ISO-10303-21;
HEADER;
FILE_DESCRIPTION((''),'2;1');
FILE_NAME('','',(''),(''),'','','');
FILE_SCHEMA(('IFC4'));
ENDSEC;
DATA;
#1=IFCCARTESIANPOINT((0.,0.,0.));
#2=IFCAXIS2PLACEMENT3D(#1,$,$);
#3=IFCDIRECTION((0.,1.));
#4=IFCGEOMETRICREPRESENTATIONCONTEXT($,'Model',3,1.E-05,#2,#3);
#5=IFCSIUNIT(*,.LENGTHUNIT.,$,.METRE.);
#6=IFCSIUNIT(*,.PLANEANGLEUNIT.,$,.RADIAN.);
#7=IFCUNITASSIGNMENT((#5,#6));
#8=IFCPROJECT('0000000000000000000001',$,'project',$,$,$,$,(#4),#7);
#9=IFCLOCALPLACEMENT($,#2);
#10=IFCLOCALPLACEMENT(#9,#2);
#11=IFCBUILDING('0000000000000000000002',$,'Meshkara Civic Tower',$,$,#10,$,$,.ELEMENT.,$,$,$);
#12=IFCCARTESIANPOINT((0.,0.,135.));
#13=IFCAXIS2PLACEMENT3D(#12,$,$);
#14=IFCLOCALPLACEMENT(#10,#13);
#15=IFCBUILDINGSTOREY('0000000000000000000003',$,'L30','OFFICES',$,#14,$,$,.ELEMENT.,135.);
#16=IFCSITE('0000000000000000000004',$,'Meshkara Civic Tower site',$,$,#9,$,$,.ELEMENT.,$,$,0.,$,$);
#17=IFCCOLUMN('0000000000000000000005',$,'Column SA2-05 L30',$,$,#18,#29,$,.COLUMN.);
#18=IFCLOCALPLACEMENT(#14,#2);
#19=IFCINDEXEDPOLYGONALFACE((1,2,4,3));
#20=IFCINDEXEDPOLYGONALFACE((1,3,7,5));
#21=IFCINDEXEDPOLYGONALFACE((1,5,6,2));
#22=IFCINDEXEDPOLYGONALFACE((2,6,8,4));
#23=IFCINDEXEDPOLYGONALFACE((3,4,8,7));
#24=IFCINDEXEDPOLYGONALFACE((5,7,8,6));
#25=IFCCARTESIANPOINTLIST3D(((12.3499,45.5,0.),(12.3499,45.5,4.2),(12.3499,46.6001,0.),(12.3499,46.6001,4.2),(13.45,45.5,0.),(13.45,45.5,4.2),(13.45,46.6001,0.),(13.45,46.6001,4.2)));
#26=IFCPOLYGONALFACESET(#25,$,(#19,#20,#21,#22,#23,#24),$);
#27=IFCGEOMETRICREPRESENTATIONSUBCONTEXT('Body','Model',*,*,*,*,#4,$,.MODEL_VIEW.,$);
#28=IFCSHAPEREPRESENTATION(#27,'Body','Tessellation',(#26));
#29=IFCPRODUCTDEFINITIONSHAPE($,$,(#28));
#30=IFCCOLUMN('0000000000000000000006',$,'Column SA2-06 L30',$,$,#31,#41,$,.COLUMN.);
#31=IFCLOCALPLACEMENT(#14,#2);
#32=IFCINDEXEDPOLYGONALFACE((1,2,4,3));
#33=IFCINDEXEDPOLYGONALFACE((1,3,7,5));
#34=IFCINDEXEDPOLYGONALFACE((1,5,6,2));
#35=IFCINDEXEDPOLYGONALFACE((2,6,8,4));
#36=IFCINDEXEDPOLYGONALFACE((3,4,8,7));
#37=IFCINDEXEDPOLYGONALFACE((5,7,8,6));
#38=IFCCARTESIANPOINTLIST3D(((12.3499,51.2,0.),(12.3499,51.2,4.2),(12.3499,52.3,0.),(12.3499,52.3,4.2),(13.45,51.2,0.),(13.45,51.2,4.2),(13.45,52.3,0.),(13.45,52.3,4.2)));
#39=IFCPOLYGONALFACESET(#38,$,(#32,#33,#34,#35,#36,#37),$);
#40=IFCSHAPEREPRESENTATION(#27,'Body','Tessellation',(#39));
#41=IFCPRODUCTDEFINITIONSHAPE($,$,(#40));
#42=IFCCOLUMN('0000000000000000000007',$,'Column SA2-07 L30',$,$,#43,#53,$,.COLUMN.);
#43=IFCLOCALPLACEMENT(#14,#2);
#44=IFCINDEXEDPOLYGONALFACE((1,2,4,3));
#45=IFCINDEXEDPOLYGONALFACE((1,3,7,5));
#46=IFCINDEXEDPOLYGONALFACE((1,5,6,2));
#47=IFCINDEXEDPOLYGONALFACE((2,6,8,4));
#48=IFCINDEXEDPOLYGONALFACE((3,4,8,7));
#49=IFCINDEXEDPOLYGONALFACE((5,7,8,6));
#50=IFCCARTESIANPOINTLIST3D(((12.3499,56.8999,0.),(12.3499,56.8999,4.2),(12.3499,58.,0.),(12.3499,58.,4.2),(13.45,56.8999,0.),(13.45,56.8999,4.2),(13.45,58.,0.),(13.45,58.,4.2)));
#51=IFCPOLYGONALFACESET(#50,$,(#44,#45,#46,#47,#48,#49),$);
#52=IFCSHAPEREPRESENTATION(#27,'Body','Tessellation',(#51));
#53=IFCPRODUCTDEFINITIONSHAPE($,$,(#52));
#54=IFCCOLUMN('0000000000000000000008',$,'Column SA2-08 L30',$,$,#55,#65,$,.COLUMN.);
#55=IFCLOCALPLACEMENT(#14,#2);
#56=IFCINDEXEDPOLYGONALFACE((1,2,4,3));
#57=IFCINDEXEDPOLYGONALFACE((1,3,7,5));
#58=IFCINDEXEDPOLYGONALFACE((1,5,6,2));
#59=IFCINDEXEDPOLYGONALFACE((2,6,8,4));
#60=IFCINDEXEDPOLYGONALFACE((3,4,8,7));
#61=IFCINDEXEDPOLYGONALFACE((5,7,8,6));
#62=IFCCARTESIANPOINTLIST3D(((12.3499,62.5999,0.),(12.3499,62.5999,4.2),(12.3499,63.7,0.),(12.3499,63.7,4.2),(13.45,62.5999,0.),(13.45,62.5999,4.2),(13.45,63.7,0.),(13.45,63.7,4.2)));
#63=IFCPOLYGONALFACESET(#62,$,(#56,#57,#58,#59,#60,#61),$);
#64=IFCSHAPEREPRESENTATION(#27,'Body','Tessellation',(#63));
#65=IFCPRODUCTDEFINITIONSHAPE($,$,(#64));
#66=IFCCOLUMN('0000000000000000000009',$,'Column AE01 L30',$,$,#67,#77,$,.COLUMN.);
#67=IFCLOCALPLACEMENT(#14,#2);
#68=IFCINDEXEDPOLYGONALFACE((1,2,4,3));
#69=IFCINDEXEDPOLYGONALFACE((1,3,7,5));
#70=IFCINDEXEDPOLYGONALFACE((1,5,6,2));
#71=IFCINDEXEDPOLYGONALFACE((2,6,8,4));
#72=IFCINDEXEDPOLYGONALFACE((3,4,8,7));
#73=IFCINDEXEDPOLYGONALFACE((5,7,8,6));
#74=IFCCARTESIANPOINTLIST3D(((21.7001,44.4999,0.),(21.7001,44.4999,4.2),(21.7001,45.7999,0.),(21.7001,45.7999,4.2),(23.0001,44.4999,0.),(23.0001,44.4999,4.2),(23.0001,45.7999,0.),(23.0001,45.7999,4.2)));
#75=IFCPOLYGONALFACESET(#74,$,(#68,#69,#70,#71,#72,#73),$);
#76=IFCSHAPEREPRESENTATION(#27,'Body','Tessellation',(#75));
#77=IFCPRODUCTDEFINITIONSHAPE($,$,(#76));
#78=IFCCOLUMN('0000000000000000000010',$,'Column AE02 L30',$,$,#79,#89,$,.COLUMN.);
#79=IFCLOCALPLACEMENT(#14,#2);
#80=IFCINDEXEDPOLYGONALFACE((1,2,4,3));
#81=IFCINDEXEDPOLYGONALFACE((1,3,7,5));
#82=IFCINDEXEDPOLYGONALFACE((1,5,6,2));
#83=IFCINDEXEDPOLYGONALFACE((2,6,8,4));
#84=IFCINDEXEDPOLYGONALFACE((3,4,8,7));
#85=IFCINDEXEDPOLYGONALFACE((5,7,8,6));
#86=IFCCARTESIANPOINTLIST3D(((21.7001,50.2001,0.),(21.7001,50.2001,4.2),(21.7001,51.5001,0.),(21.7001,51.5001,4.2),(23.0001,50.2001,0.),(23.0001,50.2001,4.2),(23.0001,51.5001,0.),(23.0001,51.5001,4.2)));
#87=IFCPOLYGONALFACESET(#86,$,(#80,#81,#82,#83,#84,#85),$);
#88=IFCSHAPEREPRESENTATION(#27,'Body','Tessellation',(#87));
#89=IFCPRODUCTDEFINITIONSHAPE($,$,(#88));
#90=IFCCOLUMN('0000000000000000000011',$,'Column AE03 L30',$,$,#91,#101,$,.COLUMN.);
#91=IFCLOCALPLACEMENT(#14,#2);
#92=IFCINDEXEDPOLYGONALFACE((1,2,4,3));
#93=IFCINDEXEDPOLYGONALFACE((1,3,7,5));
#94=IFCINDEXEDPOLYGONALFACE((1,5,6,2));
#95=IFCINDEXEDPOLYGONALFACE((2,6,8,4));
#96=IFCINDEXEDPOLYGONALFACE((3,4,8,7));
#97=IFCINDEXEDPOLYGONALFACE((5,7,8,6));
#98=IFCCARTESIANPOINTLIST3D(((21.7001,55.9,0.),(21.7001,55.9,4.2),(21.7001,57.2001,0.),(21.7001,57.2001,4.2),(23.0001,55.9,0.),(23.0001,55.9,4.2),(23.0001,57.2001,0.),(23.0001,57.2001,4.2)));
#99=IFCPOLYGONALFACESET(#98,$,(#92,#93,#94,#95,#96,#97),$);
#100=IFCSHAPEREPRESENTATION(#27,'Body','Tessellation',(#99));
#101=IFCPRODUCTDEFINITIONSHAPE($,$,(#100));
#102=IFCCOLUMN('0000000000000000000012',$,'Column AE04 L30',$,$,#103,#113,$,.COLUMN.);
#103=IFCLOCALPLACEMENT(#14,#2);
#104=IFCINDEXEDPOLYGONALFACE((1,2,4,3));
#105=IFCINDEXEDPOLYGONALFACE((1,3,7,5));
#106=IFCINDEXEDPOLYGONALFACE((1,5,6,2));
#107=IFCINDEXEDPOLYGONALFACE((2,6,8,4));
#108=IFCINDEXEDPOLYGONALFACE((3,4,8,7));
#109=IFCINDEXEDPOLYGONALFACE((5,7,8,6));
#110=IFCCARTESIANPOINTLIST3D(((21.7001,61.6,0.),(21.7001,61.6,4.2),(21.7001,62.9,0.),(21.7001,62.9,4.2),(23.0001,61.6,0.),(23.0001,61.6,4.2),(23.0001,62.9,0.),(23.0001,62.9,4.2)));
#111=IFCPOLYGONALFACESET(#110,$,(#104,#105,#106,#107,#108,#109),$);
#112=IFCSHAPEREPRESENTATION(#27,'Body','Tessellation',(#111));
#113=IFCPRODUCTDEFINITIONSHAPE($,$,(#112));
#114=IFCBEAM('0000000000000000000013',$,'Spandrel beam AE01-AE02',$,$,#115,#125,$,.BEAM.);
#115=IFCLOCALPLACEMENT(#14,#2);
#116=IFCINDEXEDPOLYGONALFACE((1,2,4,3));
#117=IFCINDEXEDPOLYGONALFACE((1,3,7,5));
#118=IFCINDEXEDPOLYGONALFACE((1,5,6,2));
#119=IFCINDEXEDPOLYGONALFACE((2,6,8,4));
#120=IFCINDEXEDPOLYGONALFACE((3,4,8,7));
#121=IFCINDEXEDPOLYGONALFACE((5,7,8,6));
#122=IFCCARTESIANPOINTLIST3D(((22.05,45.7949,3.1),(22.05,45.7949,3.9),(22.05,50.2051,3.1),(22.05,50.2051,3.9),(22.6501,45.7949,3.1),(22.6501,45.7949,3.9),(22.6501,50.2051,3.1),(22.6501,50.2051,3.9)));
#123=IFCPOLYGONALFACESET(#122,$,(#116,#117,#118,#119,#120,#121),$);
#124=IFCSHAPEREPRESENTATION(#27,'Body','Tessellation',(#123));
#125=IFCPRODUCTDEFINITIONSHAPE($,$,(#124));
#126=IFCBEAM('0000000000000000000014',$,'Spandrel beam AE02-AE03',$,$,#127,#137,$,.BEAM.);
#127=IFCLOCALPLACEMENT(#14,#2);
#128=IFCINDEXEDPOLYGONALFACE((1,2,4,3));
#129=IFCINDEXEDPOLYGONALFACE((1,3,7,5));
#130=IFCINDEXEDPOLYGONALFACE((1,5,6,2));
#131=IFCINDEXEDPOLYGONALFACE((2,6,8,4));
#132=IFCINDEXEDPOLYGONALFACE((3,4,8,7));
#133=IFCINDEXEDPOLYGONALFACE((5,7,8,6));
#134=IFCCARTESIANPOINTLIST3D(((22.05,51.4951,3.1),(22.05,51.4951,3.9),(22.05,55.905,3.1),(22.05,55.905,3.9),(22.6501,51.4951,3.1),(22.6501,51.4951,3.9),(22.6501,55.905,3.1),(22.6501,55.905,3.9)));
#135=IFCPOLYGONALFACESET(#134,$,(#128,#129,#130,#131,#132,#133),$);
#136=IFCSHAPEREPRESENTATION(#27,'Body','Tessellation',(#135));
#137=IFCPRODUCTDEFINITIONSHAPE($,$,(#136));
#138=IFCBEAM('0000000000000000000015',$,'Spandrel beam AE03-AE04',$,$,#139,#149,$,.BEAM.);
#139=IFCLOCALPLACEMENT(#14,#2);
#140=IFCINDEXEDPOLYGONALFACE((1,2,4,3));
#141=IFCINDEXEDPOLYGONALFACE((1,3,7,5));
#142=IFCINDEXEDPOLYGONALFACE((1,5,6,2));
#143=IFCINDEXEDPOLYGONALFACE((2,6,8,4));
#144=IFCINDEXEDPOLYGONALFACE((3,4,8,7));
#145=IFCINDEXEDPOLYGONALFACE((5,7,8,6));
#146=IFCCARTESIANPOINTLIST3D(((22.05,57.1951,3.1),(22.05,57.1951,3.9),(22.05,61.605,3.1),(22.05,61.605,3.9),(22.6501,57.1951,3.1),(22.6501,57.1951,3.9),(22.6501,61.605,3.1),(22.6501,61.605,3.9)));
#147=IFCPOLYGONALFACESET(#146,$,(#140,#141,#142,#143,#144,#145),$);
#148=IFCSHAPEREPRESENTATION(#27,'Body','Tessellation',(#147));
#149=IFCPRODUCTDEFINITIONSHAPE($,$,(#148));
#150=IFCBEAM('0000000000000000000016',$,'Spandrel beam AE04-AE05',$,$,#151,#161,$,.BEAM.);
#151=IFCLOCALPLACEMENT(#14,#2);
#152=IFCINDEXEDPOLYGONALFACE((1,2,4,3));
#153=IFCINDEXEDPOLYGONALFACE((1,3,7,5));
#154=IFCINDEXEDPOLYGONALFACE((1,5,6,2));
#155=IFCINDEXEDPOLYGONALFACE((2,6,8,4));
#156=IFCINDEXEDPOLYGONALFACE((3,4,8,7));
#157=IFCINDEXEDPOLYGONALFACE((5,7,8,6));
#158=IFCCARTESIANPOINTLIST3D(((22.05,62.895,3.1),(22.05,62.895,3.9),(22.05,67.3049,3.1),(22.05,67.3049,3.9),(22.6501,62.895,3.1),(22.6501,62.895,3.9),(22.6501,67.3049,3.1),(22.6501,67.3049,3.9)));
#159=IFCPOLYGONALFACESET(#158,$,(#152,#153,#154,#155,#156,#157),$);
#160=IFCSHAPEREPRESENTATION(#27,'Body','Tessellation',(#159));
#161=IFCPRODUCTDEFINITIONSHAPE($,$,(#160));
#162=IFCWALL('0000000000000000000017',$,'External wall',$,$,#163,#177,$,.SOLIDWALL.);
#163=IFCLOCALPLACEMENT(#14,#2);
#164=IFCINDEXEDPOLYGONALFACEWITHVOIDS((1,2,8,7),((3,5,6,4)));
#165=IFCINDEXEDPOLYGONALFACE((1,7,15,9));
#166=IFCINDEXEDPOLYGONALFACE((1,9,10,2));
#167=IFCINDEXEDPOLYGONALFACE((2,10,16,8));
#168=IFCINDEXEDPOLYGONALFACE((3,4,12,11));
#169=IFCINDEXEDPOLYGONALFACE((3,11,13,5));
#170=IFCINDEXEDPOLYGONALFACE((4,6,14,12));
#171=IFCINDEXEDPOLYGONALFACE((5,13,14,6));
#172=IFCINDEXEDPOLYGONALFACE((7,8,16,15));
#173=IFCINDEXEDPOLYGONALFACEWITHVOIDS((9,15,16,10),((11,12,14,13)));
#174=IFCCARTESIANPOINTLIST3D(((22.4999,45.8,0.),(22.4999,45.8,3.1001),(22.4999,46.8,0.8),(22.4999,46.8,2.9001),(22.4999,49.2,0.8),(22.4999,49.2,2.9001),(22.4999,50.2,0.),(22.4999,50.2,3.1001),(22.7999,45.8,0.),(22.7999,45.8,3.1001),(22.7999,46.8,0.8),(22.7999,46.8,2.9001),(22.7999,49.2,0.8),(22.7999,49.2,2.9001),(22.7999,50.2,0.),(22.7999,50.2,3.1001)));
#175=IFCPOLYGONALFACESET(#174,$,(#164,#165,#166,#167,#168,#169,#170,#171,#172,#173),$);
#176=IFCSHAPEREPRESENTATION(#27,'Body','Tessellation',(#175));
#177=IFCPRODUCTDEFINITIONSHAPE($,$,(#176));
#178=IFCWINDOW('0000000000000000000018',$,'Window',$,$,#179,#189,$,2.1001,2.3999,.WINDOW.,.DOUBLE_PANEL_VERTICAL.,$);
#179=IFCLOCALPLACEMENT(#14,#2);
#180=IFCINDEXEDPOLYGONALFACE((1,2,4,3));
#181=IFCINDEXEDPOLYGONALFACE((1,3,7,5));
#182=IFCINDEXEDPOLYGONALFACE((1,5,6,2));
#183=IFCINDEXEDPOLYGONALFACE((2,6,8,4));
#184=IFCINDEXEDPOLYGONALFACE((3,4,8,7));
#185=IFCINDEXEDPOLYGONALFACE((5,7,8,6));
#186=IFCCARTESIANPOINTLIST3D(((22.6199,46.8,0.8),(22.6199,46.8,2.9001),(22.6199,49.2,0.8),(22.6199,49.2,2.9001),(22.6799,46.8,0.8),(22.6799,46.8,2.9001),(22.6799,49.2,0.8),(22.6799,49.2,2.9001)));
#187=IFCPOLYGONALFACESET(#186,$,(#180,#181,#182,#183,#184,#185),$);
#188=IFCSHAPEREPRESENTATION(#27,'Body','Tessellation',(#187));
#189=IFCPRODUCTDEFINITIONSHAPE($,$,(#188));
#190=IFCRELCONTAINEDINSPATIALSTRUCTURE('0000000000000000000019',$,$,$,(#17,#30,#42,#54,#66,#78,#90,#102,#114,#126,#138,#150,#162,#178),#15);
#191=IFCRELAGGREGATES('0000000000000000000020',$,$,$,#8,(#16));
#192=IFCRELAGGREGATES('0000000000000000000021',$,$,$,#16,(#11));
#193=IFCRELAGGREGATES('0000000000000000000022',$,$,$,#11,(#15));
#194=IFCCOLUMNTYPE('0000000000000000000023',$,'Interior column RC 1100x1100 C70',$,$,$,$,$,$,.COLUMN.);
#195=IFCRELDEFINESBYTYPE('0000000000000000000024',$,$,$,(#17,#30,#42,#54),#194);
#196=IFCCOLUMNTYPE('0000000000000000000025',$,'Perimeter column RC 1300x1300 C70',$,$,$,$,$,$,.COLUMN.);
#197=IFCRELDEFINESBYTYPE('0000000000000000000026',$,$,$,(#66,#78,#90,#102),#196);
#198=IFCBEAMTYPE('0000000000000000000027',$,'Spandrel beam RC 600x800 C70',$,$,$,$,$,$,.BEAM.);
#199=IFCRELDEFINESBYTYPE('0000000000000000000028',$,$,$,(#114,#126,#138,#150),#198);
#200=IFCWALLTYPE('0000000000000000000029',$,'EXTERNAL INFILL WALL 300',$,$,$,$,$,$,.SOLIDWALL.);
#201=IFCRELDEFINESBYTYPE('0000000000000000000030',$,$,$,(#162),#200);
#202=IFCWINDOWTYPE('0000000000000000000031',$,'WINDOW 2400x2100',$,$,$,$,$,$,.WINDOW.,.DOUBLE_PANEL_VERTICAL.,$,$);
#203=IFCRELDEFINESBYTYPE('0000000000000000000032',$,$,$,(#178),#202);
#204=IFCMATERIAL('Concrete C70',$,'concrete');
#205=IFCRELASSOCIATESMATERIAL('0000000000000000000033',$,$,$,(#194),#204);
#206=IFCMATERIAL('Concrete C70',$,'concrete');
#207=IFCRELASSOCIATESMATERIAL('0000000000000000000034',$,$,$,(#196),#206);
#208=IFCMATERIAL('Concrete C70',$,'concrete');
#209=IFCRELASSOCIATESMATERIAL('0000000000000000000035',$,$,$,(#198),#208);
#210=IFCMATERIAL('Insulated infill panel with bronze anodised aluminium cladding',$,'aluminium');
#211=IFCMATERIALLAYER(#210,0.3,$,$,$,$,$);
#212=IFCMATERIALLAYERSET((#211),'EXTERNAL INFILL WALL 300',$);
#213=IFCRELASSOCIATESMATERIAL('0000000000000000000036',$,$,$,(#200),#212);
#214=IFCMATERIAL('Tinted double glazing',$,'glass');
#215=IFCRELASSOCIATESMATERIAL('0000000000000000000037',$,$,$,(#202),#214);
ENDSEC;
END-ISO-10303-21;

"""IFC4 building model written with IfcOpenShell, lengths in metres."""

from ifc_helpers import new_model, si_unit, direction, frame, frame_2d, origin, origin_2d, place, context, subcontext, project, spatial, rectangle, extrude, material, layer, layer_set, material_profile, profile_set, type_object, element, fill, save


model = new_model("IFC4")

# Units and contexts
model_context = context("Model", 3, precision=1e-05, world=origin(), true_north=direction((0.0, 1.0)))
body_context = subcontext(model_context, "Body", "Model", "MODEL_VIEW")
ifc_project = project(units=[si_unit("LENGTHUNIT", "METRE"), si_unit("PLANEANGLEUNIT", "RADIAN")], contexts=[model_context])

# Site, building, storey
site_placement = place(None, origin())
site = spatial("IfcSite", under=ifc_project, at=site_placement, Name="Meshkara Civic Tower site", CompositionType="ELEMENT", RefElevation=0.0)
building_placement = place(site_placement, origin())
building = spatial("IfcBuilding", under=site, at=building_placement, Name="Meshkara Civic Tower", CompositionType="ELEMENT")
storey_placement = place(building_placement, frame((0.0, 0.0, 135.0)))
storey = spatial("IfcBuildingStorey", under=building, at=storey_placement, Name="L30", Description="OFFICES", CompositionType="ELEMENT", Elevation=135.0)

# Columns
ifc_material_1 = material(Name="Concrete C70", Category="concrete")
ifc_material_profile_1 = material_profile(ifc_material_1, rectangle(XDim=1.1001, YDim=1.1001, at=origin_2d()))
ifc_profile_set_1 = profile_set([ifc_material_profile_1], Name="Concrete C70")
column_type_1 = type_object("IfcColumnType", Name="Interior column RC 1100x1100 C70", PredefinedType="COLUMN", material=ifc_profile_set_1)
for number, where, z_axis, x_axis, name in (
    (1, (12.8999, 46.05, 0.0), (0.0, 0.0, 1.0), (1.0, 0.0, 0.0), "Column SA2-05 L30"),
    (2, (12.8999, 51.75, 0.0), (0.0, 0.0, 1.0), (1.0, 0.0, 0.0), "Column SA2-06 L30"),
    (3, (12.8999, 57.45, 0.0), (0.0, 0.0, 1.0), (1.0, 0.0, 0.0), "Column SA2-07 L30"),
    (4, (12.8999, 63.1499, 0.0), (0.0, 0.0, 1.0), (1.0, 0.0, 0.0), "Column SA2-08 L30"),
):
    element("IfcColumn", number, at=place(storey_placement, frame(where, z_axis=z_axis, x_axis=x_axis)), inside=storey, type_object=column_type_1, Name=name, PredefinedType="COLUMN", context=body_context, shape_type="SweptSolid", body=[
        extrude(rectangle(XDim=1.1001, YDim=1.1001, at=origin_2d()), origin(), (0.0, 0.0, 1.0), 4.2),
    ])
ifc_material_2 = material(Name="Concrete C70", Category="concrete")
ifc_material_profile_2 = material_profile(ifc_material_2, rectangle(XDim=1.3, YDim=1.3, at=origin_2d()))
ifc_profile_set_2 = profile_set([ifc_material_profile_2], Name="Concrete C70")
column_type_2 = type_object("IfcColumnType", Name="Perimeter column RC 1300x1300 C70", PredefinedType="COLUMN", material=ifc_profile_set_2)
for number, where, z_axis, x_axis, name in (
    (5, (22.3501, 45.1499, 0.0), (0.0, 0.0, 1.0), (1.0, 0.0, 0.0), "Column AE01 L30"),
    (6, (22.3501, 50.8501, 0.0), (0.0, 0.0, 1.0), (1.0, 0.0, 0.0), "Column AE02 L30"),
    (7, (22.3501, 56.55, 0.0), (0.0, 0.0, 1.0), (1.0, 0.0, 0.0), "Column AE03 L30"),
    (8, (22.3501, 62.25, 0.0), (0.0, 0.0, 1.0), (1.0, 0.0, 0.0), "Column AE04 L30"),
):
    element("IfcColumn", number, at=place(storey_placement, frame(where, z_axis=z_axis, x_axis=x_axis)), inside=storey, type_object=column_type_2, Name=name, PredefinedType="COLUMN", context=body_context, shape_type="SweptSolid", body=[
        extrude(rectangle(XDim=1.3, YDim=1.3, at=origin_2d()), origin(), (0.0, 0.0, 1.0), 4.2),
    ])

# Beams
ifc_material_3 = material(Name="Concrete C70", Category="concrete")
ifc_material_profile_3 = material_profile(ifc_material_3, rectangle(XDim=0.6001, YDim=0.8, at=origin_2d()))
ifc_profile_set_3 = profile_set([ifc_material_profile_3], Name="Concrete C70")
beam_type = type_object("IfcBeamType", Name="Spandrel beam RC 600x800 C70", PredefinedType="BEAM", material=ifc_profile_set_3)
beam_placement = place(storey_placement, frame((22.3501, 45.7949, 3.5), z_axis=(0.0, 1.0, 0.0), x_axis=(-1.0, 0.0, 0.0)))
element("IfcBeam", 9, at=beam_placement, inside=storey, type_object=beam_type, Name="Spandrel beam AE01-AE02", PredefinedType="BEAM", context=body_context, shape_type="SweptSolid", body=[
    extrude(rectangle(XDim=0.6001, YDim=0.8, at=origin_2d()), origin(), (0.0, 0.0, 1.0), 4.4102),
])
for number, where, z_axis, x_axis, name in (
    (10, (22.3501, 51.4951, 3.5), (0.0, 1.0, 0.0), (-1.0, 0.0, 0.0), "Spandrel beam AE02-AE03"),
    (11, (22.3501, 57.1951, 3.5), (0.0, 1.0, 0.0), (-1.0, 0.0, 0.0), "Spandrel beam AE03-AE04"),
    (12, (22.3501, 62.895, 3.5), (0.0, 1.0, 0.0), (-1.0, 0.0, 0.0), "Spandrel beam AE04-AE05"),
):
    element("IfcBeam", number, at=place(storey_placement, frame(where, z_axis=z_axis, x_axis=x_axis)), inside=storey, type_object=beam_type, Name=name, PredefinedType="BEAM", context=body_context, shape_type="SweptSolid", body=[
        extrude(rectangle(XDim=0.6001, YDim=0.8, at=origin_2d()), origin(), (0.0, 0.0, 1.0), 4.4099),
    ])

# Wall, opening, window
ifc_material_4 = material(Name="Insulated infill panel with bronze anodised aluminium cladding", Category="aluminium")
ifc_layer_1 = layer(ifc_material_4, 0.3)
ifc_layer_set_1 = layer_set([ifc_layer_1], Name="EXTERNAL INFILL WALL 300")
wall_type_1 = type_object("IfcWallType", Name="EXTERNAL INFILL WALL 300", PredefinedType="SOLIDWALL", material=ifc_layer_set_1)
wall_1_placement = place(storey_placement, frame((22.6499, 45.8, 0.0), z_axis=(0.0, 0.0, 1.0), x_axis=(0.0, 1.0, 0.0)))
wall_1 = element("IfcWall", 13, at=wall_1_placement, inside=storey, type_object=wall_type_1, Name="External wall", PredefinedType="SOLIDWALL", context=body_context, shape_type="SweptSolid", body=[
    extrude(rectangle(XDim=4.3999, YDim=0.3, at=frame_2d((2.2, 0.0))), origin(), (0.0, 0.0, 1.0), 3.1001),
])
opening_1_placement = place(wall_1_placement, frame((1.0, 0.0, 0.8)))
opening_1 = element("IfcOpeningElement", 14, at=opening_1_placement, cuts=wall_1, PredefinedType="OPENING", context=body_context, shape_type="SweptSolid", body=[
    extrude(rectangle(XDim=2.3999, YDim=2.1001, at=frame_2d((1.2, 1.05))), frame((0.0, 0.1599, 0.0), z_axis=(0.0, -1.0, 0.0), x_axis=(1.0, 0.0, 0.0)), (0.0, 0.0, 1.0), 0.3201),
])
ifc_material_5 = material(Name="Tinted double glazing", Category="glass")
window_type = type_object("IfcWindowType", Name="WINDOW 2400x2100", PartitioningType="DOUBLE_PANEL_VERTICAL", PredefinedType="WINDOW", material=ifc_material_5)
window_1_placement = place(opening_1_placement, origin())
window_1 = element("IfcWindow", 15, at=window_1_placement, inside=storey, type_object=window_type, Name="Window", OverallHeight=2.1001, OverallWidth=2.3999, PartitioningType="DOUBLE_PANEL_VERTICAL", PredefinedType="WINDOW", context=body_context, shape_type="SweptSolid", body=[
    extrude(rectangle(XDim=2.3999, YDim=2.1001, at=frame_2d((1.2, 1.05))), frame((0.0, 0.03, 0.0), z_axis=(0.0, -1.0, 0.0), x_axis=(1.0, 0.0, 0.0)), (0.0, 0.0, 1.0), 0.0601),
])
fill(opening_1, window_1)

save(model, "model.ifc")
